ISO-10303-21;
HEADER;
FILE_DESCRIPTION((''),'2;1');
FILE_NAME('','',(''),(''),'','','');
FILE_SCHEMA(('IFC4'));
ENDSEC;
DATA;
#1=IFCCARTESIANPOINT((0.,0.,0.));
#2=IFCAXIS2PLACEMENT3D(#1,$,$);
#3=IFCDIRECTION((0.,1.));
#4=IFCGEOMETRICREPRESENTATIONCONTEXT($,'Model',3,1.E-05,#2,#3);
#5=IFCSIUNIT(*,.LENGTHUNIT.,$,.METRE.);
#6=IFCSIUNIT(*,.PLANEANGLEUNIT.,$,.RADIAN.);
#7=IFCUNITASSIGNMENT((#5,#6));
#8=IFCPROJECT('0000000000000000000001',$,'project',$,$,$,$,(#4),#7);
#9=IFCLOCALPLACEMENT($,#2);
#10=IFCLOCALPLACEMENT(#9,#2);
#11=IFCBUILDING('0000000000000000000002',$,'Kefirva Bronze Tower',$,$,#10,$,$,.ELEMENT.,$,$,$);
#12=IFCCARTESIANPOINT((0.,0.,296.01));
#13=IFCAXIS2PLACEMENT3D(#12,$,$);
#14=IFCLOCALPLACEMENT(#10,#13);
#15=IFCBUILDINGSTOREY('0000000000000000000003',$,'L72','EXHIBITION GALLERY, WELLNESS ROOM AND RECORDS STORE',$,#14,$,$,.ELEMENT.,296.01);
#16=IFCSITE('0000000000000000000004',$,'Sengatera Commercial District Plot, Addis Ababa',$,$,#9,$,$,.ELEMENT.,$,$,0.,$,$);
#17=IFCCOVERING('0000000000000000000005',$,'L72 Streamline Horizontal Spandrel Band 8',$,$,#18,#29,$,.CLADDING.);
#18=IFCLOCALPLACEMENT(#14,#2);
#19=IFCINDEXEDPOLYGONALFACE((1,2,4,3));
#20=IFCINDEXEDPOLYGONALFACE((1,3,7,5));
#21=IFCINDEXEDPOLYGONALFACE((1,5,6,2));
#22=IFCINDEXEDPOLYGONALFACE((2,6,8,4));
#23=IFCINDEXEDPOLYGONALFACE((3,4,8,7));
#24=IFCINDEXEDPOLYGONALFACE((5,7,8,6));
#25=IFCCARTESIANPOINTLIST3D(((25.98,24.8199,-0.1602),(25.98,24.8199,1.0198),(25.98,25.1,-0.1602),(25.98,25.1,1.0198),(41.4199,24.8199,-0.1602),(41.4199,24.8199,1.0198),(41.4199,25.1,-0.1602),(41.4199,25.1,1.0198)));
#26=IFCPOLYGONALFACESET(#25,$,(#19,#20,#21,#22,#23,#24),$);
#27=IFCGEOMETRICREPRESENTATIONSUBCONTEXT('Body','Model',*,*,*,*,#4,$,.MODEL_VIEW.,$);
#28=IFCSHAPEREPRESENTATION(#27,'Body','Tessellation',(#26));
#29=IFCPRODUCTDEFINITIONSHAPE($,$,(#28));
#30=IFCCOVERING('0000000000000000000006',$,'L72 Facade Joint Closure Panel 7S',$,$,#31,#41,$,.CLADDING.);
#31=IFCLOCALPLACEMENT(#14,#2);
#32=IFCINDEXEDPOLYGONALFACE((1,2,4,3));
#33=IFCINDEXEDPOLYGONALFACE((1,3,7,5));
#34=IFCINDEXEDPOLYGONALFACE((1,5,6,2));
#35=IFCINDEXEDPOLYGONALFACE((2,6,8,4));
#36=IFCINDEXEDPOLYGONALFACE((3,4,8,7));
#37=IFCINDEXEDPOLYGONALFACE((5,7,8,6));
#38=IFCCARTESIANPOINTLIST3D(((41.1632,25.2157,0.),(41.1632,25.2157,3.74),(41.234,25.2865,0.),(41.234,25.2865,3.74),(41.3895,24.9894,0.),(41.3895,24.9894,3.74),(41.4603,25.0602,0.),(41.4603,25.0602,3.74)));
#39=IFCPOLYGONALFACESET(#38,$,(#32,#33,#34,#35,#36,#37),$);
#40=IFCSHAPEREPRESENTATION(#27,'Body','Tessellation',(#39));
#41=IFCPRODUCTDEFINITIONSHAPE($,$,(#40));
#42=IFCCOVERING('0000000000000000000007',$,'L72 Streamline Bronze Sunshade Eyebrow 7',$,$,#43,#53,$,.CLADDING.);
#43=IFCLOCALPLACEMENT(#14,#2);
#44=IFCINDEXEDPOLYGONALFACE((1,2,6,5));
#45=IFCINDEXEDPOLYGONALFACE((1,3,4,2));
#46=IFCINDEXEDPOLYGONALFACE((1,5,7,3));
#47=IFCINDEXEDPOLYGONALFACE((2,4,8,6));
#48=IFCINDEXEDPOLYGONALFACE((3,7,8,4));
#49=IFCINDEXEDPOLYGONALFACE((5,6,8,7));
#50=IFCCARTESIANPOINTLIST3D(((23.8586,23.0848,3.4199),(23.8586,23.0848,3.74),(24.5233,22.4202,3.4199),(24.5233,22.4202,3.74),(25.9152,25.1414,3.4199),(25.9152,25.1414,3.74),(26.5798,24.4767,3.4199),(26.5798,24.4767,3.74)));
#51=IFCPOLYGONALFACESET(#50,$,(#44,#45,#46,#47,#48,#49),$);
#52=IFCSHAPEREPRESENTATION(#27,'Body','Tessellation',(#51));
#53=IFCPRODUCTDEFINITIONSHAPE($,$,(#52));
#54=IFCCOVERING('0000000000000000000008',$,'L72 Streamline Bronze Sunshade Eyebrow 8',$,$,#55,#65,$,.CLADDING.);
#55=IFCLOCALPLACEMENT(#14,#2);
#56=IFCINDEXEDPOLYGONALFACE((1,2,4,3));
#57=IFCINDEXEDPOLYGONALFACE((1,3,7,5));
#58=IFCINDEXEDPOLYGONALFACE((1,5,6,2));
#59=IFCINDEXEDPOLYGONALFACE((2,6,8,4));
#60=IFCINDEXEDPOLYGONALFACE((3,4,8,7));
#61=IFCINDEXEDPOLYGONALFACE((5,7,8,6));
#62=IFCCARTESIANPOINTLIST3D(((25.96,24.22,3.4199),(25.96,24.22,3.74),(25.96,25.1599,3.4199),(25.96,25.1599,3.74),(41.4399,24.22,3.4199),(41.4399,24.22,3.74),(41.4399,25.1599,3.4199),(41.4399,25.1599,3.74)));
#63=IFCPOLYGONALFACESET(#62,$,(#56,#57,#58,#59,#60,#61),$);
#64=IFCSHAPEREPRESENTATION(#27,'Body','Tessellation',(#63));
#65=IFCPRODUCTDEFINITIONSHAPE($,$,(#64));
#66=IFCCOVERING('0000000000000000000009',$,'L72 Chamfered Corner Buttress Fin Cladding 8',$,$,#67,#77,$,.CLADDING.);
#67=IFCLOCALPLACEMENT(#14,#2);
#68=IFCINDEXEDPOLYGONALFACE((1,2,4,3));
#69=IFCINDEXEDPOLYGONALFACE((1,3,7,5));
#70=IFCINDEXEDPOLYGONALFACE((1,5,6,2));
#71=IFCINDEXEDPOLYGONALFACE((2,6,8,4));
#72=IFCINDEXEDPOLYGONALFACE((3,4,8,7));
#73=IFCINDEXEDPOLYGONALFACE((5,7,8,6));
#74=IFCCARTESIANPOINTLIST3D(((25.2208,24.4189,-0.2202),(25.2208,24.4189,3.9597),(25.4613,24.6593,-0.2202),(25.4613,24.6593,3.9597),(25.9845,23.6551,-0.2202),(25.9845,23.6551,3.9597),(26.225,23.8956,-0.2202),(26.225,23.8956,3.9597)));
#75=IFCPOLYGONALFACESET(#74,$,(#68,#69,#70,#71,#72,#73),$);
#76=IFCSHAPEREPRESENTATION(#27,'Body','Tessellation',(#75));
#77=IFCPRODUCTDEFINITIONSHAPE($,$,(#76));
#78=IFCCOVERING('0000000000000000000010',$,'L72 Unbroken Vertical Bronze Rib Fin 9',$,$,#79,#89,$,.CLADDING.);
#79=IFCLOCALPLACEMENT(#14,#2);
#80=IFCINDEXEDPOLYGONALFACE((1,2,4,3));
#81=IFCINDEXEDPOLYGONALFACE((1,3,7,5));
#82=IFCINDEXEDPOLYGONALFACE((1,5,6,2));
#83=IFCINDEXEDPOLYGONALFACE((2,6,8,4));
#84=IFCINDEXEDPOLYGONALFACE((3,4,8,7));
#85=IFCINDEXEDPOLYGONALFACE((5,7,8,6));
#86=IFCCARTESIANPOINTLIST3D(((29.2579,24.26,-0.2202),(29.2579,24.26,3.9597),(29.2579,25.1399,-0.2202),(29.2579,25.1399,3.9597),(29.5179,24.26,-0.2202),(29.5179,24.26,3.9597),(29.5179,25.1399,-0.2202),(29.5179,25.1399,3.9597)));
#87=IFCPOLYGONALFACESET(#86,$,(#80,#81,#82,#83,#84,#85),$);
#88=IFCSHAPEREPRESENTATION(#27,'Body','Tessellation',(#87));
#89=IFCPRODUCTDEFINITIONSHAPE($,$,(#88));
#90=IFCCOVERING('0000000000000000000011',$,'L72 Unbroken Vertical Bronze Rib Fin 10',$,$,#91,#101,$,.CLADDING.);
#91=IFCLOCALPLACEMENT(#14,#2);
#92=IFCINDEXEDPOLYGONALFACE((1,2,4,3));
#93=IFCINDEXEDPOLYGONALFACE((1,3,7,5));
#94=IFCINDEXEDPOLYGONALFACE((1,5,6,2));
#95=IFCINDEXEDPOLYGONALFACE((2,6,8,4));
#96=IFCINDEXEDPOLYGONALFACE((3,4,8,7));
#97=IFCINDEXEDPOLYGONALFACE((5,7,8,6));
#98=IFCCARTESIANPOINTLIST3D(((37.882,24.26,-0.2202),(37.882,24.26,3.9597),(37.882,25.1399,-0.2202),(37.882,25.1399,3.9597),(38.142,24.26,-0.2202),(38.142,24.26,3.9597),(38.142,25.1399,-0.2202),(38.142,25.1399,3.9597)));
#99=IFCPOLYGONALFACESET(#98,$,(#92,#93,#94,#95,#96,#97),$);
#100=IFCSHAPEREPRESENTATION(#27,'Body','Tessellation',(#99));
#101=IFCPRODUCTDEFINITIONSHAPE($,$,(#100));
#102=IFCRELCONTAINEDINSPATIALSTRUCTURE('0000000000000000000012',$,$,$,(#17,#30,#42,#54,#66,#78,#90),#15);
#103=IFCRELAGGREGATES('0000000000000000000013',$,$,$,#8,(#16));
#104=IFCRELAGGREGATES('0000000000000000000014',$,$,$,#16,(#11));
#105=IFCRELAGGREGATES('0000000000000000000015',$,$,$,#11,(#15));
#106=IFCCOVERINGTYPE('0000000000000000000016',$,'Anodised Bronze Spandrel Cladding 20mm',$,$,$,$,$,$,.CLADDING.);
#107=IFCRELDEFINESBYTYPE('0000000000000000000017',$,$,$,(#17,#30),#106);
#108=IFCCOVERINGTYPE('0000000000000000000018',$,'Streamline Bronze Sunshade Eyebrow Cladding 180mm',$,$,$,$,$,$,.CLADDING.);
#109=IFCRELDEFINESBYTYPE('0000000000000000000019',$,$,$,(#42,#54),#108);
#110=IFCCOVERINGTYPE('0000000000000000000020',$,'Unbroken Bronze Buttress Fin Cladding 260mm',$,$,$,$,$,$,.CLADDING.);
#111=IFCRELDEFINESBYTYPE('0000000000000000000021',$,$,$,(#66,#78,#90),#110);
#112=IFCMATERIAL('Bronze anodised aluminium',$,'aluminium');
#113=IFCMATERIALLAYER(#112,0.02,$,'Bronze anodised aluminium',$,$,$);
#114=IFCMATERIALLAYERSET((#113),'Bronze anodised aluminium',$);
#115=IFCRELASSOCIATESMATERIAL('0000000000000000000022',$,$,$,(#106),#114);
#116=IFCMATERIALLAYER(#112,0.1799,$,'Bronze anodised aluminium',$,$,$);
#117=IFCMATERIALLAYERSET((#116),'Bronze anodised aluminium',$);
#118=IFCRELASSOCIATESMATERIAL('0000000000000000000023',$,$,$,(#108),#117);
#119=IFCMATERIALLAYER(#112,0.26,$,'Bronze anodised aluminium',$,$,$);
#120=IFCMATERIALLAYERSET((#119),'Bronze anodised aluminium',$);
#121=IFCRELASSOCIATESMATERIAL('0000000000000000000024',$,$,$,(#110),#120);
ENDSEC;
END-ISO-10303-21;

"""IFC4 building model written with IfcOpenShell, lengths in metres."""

from ifc_helpers import new_model, si_unit, direction, frame, origin, origin_2d, place, context, subcontext, project, spatial, rectangle, extrude, material, layer, layer_set, type_object, element, save


model = new_model("IFC4")

# Units and contexts
model_context = context("Model", 3, precision=1e-05, world=origin(), true_north=direction((0.0, 1.0)))
body_context = subcontext(model_context, "Body", "Model", "MODEL_VIEW")
ifc_project = project(units=[si_unit("LENGTHUNIT", "METRE"), si_unit("PLANEANGLEUNIT", "RADIAN")], contexts=[model_context])

# Site, building, storey
site_placement = place(None, origin())
site = spatial("IfcSite", under=ifc_project, at=site_placement, Name="Sengatera Commercial District Plot, Addis Ababa", CompositionType="ELEMENT", RefElevation=0.0)
building_placement = place(site_placement, origin())
building = spatial("IfcBuilding", under=site, at=building_placement, Name="Kefirva Bronze Tower", CompositionType="ELEMENT")
storey_placement = place(building_placement, frame((0.0, 0.0, 296.01)))
storey = spatial("IfcBuildingStorey", under=building, at=storey_placement, Name="L72", Description="EXHIBITION GALLERY, WELLNESS ROOM AND RECORDS STORE", CompositionType="ELEMENT", Elevation=296.01)

# Shared definitions
ifc_material_1 = material(Name="Bronze anodised aluminium", Category="aluminium")

# Coverings
ifc_layer_1 = layer(ifc_material_1, 0.02, Name="Bronze anodised aluminium")
ifc_layer_set_1 = layer_set([ifc_layer_1], Name="Bronze anodised aluminium")
covering_type_1 = type_object("IfcCoveringType", Name="Anodised Bronze Spandrel Cladding 20mm", PredefinedType="CLADDING", material=ifc_layer_set_1)
covering_1_placement = place(storey_placement, frame((33.7, 24.96, -0.1602), z_axis=(0.0, 0.0, 1.0), x_axis=(1.0, 0.0, 0.0)))
element("IfcCovering", 1, at=covering_1_placement, inside=storey, type_object=covering_type_1, Name="L72 Streamline Horizontal Spandrel Band 8", PredefinedType="CLADDING", context=body_context, shape_type="SweptSolid", body=[
    extrude(rectangle(XDim=15.4399, YDim=0.28, at=origin_2d()), origin(), (0.0, 0.0, 1.0), 1.1799),
])
covering_2_placement = place(storey_placement, frame((41.3118, 25.1379, 0.0), z_axis=(0.0, 0.0, 1.0), x_axis=(0.707107, 0.707107, 0.0)))
element("IfcCovering", 2, at=covering_2_placement, inside=storey, type_object=covering_type_1, Name="L72 Facade Joint Closure Panel 7S", PredefinedType="CLADDING", context=body_context, shape_type="SweptSolid", body=[
    extrude(rectangle(XDim=0.1001, YDim=0.3201, at=origin_2d()), origin(), (0.0, 0.0, 1.0), 3.74),
])
ifc_layer_2 = layer(ifc_material_1, 0.1799, Name="Bronze anodised aluminium")
ifc_layer_set_2 = layer_set([ifc_layer_2], Name="Bronze anodised aluminium")
covering_type_2 = type_object("IfcCoveringType", Name="Streamline Bronze Sunshade Eyebrow Cladding 180mm", PredefinedType="CLADDING", material=ifc_layer_set_2)
covering_3_placement = place(storey_placement, frame((25.2192, 23.7808, 3.4199), z_axis=(0.0, 0.0, 1.0), x_axis=(0.707107, 0.707107, 0.0)))
element("IfcCovering", 3, at=covering_3_placement, inside=storey, type_object=covering_type_2, Name="L72 Streamline Bronze Sunshade Eyebrow 7", PredefinedType="CLADDING", context=body_context, shape_type="SweptSolid", body=[
    extrude(rectangle(XDim=2.9084, YDim=0.9399, at=origin_2d()), origin(), (0.0, 0.0, 1.0), 0.3201),
])
covering_4_placement = place(storey_placement, frame((33.7, 24.6899, 3.4199), z_axis=(0.0, 0.0, 1.0), x_axis=(1.0, 0.0, 0.0)))
element("IfcCovering", 4, at=covering_4_placement, inside=storey, type_object=covering_type_2, Name="L72 Streamline Bronze Sunshade Eyebrow 8", PredefinedType="CLADDING", context=body_context, shape_type="SweptSolid", body=[
    extrude(rectangle(XDim=15.48, YDim=0.9399, at=origin_2d()), origin(), (0.0, 0.0, 1.0), 0.3201),
])
ifc_layer_3 = layer(ifc_material_1, 0.26, Name="Bronze anodised aluminium")
ifc_layer_set_3 = layer_set([ifc_layer_3], Name="Bronze anodised aluminium")
covering_type_3 = type_object("IfcCoveringType", Name="Unbroken Bronze Buttress Fin Cladding 260mm", PredefinedType="CLADDING", material=ifc_layer_set_3)
covering_5_placement = place(storey_placement, frame((25.7229, 24.1572, -0.2202), z_axis=(0.0, 0.0, 1.0), x_axis=(0.707107, 0.707107, 0.0)))
element("IfcCovering", 5, at=covering_5_placement, inside=storey, type_object=covering_type_3, Name="L72 Chamfered Corner Buttress Fin Cladding 8", PredefinedType="CLADDING", context=body_context, shape_type="SweptSolid", body=[
    extrude(rectangle(XDim=0.3401, YDim=1.0801, at=origin_2d()), origin(), (0.0, 0.0, 1.0), 4.1799),
])
for number, where, z_axis, x_axis, name in (
    (6, (29.3879, 24.7, -0.2202), (0.0, 0.0, 1.0), (1.0, 0.0, 0.0), "L72 Unbroken Vertical Bronze Rib Fin 9"),
    (7, (38.012, 24.7, -0.2202), (0.0, 0.0, 1.0), (1.0, 0.0, 0.0), "L72 Unbroken Vertical Bronze Rib Fin 10"),
):
    element("IfcCovering", number, at=place(storey_placement, frame(where, z_axis=z_axis, x_axis=x_axis)), inside=storey, type_object=covering_type_3, Name=name, PredefinedType="CLADDING", context=body_context, shape_type="SweptSolid", body=[
        extrude(rectangle(XDim=0.26, YDim=0.8799, at=origin_2d()), origin(), (0.0, 0.0, 1.0), 4.1799),
    ])

save(model, "model.ifc")
